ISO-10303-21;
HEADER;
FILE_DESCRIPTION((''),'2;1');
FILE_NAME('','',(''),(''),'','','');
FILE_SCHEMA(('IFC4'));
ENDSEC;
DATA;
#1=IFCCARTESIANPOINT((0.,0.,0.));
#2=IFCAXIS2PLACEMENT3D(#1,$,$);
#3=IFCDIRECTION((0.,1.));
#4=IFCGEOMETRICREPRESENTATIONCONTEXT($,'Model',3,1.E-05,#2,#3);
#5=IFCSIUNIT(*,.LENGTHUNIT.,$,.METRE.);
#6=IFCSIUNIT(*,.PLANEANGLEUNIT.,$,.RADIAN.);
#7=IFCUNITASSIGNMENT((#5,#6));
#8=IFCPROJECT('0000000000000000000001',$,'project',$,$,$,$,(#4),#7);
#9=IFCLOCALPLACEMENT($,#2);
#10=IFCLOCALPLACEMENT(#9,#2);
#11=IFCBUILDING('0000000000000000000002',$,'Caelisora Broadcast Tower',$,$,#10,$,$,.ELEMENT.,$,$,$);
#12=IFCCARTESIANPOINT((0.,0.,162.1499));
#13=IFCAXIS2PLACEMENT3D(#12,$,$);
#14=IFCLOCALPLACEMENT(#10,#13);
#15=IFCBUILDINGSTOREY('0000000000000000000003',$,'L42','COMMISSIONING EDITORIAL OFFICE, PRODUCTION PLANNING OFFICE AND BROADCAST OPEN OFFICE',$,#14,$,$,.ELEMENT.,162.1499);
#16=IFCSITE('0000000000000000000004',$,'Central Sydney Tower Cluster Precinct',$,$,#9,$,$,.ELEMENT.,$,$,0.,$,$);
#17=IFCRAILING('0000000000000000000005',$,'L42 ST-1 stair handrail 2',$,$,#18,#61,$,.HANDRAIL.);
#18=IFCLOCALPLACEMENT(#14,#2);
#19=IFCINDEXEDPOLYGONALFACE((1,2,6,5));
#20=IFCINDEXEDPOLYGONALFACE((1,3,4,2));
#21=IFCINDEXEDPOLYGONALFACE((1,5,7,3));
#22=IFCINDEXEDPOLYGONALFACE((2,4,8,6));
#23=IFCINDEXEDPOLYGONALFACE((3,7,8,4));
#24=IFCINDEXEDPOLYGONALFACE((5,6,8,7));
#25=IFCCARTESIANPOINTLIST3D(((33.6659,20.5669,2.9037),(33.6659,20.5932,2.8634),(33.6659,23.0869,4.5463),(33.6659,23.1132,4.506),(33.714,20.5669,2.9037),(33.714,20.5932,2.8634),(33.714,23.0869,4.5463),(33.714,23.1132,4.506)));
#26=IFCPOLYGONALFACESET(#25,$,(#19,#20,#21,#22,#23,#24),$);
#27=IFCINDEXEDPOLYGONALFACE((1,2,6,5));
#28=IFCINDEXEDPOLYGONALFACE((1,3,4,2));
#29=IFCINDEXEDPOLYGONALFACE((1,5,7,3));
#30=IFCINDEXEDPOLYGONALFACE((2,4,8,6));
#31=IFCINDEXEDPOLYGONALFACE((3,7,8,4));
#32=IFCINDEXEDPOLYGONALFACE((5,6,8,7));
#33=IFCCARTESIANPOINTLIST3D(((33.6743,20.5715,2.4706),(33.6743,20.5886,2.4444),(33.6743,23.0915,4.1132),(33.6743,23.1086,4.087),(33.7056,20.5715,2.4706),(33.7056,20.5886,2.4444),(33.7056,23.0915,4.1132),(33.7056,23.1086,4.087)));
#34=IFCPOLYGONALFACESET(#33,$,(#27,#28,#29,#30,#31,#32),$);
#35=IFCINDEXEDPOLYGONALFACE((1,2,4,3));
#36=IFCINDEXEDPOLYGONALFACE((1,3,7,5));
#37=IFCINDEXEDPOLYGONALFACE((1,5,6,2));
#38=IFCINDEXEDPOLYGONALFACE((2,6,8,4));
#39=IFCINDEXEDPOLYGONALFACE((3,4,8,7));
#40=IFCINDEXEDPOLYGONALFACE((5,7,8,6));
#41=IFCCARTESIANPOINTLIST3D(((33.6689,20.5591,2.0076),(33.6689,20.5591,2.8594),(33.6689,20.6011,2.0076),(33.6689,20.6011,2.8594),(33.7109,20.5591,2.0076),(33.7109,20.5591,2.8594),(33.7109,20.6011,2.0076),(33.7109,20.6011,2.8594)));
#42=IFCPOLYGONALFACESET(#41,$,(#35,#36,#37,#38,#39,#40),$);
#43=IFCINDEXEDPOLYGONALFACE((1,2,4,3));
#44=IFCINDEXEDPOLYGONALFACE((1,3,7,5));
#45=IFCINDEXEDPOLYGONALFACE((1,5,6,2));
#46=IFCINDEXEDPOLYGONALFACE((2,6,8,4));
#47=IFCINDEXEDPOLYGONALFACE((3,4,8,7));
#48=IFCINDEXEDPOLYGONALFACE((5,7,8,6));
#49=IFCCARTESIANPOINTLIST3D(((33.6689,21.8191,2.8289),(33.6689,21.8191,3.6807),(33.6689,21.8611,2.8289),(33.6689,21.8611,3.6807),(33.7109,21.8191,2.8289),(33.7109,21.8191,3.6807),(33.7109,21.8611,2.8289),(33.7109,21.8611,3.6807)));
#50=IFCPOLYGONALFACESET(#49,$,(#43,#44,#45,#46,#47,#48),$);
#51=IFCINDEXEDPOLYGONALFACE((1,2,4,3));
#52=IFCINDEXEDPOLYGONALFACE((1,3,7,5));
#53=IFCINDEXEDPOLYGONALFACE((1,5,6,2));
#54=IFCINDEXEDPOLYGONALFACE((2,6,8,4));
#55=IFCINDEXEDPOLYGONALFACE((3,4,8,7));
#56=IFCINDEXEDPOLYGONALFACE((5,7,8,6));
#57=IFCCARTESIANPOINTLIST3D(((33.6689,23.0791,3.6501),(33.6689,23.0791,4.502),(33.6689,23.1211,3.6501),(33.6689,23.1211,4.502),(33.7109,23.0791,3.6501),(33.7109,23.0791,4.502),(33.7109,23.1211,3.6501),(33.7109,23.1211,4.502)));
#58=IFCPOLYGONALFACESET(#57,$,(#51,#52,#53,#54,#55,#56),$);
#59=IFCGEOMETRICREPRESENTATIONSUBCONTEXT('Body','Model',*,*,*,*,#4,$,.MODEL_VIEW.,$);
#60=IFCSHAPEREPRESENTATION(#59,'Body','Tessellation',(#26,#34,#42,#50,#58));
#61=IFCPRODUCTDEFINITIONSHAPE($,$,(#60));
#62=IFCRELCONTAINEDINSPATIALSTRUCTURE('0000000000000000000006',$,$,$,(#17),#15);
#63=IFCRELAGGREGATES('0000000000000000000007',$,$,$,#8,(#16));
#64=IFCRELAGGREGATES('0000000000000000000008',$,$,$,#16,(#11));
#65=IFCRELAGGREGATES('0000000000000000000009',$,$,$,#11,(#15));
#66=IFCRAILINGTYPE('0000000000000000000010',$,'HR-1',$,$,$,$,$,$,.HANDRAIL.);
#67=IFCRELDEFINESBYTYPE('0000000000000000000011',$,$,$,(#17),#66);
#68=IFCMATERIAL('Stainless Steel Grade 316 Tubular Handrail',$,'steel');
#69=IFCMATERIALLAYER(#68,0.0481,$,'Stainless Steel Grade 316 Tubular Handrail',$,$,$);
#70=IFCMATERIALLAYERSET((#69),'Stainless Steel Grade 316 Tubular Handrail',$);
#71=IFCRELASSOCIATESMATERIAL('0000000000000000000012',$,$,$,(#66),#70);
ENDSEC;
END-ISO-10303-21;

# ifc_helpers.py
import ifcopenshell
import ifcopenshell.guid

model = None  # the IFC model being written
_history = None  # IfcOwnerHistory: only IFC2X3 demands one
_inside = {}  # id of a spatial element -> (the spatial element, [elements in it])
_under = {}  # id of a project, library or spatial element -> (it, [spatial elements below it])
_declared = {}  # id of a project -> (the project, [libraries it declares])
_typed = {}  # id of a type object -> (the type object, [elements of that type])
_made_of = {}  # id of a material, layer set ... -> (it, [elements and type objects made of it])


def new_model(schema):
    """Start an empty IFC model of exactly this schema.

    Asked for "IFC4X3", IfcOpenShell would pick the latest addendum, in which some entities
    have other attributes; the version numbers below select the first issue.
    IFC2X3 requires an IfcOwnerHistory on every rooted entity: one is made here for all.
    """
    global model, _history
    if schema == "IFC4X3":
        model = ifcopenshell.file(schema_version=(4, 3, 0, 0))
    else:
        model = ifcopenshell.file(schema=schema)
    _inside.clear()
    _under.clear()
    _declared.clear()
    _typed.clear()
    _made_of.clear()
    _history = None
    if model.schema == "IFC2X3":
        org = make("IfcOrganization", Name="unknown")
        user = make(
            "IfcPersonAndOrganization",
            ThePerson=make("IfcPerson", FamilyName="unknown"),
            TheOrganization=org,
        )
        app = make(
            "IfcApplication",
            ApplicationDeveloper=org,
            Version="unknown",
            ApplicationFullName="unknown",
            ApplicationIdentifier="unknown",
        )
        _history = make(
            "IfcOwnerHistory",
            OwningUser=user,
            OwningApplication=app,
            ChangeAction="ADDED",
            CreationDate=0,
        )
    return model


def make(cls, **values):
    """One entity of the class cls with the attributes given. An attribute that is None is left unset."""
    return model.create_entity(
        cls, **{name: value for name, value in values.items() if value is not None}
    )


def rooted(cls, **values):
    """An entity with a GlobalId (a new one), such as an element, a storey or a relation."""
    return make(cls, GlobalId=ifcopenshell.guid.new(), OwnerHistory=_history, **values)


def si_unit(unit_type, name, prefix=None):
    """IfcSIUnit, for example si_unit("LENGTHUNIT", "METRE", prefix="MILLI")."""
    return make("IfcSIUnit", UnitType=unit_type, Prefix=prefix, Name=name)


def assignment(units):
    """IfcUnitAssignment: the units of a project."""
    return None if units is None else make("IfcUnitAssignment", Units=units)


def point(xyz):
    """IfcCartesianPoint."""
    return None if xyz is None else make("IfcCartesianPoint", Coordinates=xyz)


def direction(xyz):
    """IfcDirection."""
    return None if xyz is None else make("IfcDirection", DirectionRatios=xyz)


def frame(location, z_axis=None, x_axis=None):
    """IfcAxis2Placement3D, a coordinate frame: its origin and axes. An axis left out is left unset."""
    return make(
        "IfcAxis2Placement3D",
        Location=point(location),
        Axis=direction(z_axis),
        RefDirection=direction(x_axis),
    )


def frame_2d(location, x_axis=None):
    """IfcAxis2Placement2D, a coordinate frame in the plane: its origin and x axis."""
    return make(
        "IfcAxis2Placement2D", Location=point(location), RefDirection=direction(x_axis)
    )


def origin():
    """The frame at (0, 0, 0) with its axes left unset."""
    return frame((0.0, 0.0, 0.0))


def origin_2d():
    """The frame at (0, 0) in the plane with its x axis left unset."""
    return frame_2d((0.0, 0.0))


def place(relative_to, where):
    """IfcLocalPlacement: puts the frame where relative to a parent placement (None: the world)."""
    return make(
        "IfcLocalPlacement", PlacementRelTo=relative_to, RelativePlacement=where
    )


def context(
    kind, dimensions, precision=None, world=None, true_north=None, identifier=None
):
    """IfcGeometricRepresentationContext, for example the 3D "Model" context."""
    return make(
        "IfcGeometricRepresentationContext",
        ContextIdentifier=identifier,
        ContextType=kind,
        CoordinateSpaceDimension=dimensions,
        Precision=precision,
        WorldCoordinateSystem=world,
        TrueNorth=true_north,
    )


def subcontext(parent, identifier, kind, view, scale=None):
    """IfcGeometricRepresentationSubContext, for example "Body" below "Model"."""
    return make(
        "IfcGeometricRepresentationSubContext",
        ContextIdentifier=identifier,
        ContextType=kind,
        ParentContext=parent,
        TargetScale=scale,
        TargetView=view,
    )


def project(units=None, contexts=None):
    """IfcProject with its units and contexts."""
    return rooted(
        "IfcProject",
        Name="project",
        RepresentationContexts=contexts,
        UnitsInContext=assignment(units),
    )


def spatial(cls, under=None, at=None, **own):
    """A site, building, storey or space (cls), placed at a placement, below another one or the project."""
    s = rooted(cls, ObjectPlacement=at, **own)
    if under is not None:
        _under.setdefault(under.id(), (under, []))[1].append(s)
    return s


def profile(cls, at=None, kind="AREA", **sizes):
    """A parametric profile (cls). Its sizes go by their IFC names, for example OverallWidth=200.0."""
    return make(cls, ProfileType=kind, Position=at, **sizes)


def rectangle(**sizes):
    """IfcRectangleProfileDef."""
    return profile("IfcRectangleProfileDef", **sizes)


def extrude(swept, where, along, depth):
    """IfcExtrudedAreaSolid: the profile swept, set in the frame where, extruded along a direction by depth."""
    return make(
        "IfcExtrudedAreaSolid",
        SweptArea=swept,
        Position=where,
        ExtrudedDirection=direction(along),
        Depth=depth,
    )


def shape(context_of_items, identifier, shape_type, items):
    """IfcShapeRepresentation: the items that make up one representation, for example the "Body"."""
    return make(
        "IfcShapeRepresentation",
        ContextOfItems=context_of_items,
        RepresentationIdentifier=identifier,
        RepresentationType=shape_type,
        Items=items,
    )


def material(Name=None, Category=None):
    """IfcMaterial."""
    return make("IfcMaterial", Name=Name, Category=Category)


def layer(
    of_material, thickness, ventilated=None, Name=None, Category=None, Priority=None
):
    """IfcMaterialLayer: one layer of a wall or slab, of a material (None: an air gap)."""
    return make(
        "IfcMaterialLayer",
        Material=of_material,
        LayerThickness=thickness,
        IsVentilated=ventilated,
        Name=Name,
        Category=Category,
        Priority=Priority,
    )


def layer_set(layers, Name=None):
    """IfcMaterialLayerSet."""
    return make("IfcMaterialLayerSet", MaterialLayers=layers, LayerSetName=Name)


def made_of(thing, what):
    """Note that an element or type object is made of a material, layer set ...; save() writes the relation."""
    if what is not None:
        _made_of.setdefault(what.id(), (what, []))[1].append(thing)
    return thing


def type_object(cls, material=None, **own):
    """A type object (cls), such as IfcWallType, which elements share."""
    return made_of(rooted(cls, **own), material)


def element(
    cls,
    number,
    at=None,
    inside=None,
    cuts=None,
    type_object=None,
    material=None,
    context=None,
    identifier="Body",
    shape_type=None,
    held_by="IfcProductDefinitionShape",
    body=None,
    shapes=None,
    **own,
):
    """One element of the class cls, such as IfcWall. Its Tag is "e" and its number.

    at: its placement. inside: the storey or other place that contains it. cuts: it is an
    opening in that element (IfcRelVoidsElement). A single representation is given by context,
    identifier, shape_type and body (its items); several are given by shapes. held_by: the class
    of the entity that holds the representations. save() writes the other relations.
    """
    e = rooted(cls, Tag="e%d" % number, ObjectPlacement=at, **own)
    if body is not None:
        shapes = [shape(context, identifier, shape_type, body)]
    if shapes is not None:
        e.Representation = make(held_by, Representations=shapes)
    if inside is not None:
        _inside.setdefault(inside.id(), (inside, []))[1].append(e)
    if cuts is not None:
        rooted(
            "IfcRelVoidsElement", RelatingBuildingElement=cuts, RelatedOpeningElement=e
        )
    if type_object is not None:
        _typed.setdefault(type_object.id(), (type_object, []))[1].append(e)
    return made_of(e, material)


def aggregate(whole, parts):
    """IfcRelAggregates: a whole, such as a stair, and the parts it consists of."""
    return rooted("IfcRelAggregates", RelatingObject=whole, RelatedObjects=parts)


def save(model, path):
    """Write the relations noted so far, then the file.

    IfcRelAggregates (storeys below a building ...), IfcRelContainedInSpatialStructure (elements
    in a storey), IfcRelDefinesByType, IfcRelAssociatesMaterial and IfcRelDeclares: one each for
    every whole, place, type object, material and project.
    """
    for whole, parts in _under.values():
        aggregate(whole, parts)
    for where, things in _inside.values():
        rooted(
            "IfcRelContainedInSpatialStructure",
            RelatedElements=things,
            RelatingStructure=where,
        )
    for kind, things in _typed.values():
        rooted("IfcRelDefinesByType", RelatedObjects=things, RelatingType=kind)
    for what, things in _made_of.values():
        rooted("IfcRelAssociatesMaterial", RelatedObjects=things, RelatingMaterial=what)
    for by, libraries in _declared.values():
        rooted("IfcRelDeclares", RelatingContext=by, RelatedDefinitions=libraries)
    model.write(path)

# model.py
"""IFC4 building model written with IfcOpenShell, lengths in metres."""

from ifc_helpers import new_model, si_unit, direction, frame, origin, origin_2d, place, context, subcontext, project, spatial, rectangle, extrude, material, layer, layer_set, type_object, element, save


model = new_model("IFC4")

# Units and contexts
model_context = context("Model", 3, precision=1e-05, world=origin(), true_north=direction((0.0, 1.0)))
body_context = subcontext(model_context, "Body", "Model", "MODEL_VIEW")
ifc_project = project(units=[si_unit("LENGTHUNIT", "METRE"), si_unit("PLANEANGLEUNIT", "RADIAN")], contexts=[model_context])

# Site, building, storey
site_placement = place(None, origin())
site = spatial("IfcSite", under=ifc_project, at=site_placement, Name="Central Sydney Tower Cluster Precinct", CompositionType="ELEMENT", RefElevation=0.0)
building_placement = place(site_placement, origin())
building = spatial("IfcBuilding", under=site, at=building_placement, Name="Caelisora Broadcast Tower", CompositionType="ELEMENT")
storey_placement = place(building_placement, frame((0.0, 0.0, 162.1499)))
storey = spatial("IfcBuildingStorey", under=building, at=storey_placement, Name="L42", Description="COMMISSIONING EDITORIAL OFFICE, PRODUCTION PLANNING OFFICE AND BROADCAST OPEN OFFICE", CompositionType="ELEMENT", Elevation=162.1499)

# Railing
ifc_material_1 = material(Name="Stainless Steel Grade 316 Tubular Handrail", Category="steel")
ifc_layer_1 = layer(ifc_material_1, 0.0481, Name="Stainless Steel Grade 316 Tubular Handrail")
ifc_layer_set_1 = layer_set([ifc_layer_1], Name="Stainless Steel Grade 316 Tubular Handrail")
railing_type_1 = type_object("IfcRailingType", Name="HR-1", PredefinedType="HANDRAIL", material=ifc_layer_set_1)
railing_1_placement = place(storey_placement, frame((33.6899, 20.5801, 2.0076)))
element("IfcRailing", 1, at=railing_1_placement, inside=storey, type_object=railing_type_1, Name="L42 ST-1 stair handrail 2", PredefinedType="HANDRAIL", context=body_context, shape_type="SweptSolid", body=[
    extrude(rectangle(XDim=0.0481, YDim=0.0481, at=origin_2d()), frame((0.0, 0.0, 0.876), z_axis=(0.0, 0.837749, 0.546055), x_axis=(-1.0, 0.0, 0.0)), (0.0, 0.0, 1.0), 3.0081),
    extrude(rectangle(XDim=0.0312, YDim=0.0312, at=origin_2d()), frame((0.0, 0.0, 0.45), z_axis=(0.0, 0.837749, 0.546055), x_axis=(-1.0, 0.0, 0.0)), (0.0, 0.0, 1.0), 3.0081),
    extrude(rectangle(XDim=0.042, YDim=0.042, at=origin_2d()), origin(), (0.0, 0.0, 1.0), 0.8518),
    extrude(rectangle(XDim=0.042, YDim=0.042, at=origin_2d()), frame((0.0, 1.26, 0.8213)), (0.0, 0.0, 1.0), 0.8518),
    extrude(rectangle(XDim=0.042, YDim=0.042, at=origin_2d()), frame((0.0, 2.52, 1.6426)), (0.0, 0.0, 1.0), 0.8518),
])

save(model, "model.ifc")
